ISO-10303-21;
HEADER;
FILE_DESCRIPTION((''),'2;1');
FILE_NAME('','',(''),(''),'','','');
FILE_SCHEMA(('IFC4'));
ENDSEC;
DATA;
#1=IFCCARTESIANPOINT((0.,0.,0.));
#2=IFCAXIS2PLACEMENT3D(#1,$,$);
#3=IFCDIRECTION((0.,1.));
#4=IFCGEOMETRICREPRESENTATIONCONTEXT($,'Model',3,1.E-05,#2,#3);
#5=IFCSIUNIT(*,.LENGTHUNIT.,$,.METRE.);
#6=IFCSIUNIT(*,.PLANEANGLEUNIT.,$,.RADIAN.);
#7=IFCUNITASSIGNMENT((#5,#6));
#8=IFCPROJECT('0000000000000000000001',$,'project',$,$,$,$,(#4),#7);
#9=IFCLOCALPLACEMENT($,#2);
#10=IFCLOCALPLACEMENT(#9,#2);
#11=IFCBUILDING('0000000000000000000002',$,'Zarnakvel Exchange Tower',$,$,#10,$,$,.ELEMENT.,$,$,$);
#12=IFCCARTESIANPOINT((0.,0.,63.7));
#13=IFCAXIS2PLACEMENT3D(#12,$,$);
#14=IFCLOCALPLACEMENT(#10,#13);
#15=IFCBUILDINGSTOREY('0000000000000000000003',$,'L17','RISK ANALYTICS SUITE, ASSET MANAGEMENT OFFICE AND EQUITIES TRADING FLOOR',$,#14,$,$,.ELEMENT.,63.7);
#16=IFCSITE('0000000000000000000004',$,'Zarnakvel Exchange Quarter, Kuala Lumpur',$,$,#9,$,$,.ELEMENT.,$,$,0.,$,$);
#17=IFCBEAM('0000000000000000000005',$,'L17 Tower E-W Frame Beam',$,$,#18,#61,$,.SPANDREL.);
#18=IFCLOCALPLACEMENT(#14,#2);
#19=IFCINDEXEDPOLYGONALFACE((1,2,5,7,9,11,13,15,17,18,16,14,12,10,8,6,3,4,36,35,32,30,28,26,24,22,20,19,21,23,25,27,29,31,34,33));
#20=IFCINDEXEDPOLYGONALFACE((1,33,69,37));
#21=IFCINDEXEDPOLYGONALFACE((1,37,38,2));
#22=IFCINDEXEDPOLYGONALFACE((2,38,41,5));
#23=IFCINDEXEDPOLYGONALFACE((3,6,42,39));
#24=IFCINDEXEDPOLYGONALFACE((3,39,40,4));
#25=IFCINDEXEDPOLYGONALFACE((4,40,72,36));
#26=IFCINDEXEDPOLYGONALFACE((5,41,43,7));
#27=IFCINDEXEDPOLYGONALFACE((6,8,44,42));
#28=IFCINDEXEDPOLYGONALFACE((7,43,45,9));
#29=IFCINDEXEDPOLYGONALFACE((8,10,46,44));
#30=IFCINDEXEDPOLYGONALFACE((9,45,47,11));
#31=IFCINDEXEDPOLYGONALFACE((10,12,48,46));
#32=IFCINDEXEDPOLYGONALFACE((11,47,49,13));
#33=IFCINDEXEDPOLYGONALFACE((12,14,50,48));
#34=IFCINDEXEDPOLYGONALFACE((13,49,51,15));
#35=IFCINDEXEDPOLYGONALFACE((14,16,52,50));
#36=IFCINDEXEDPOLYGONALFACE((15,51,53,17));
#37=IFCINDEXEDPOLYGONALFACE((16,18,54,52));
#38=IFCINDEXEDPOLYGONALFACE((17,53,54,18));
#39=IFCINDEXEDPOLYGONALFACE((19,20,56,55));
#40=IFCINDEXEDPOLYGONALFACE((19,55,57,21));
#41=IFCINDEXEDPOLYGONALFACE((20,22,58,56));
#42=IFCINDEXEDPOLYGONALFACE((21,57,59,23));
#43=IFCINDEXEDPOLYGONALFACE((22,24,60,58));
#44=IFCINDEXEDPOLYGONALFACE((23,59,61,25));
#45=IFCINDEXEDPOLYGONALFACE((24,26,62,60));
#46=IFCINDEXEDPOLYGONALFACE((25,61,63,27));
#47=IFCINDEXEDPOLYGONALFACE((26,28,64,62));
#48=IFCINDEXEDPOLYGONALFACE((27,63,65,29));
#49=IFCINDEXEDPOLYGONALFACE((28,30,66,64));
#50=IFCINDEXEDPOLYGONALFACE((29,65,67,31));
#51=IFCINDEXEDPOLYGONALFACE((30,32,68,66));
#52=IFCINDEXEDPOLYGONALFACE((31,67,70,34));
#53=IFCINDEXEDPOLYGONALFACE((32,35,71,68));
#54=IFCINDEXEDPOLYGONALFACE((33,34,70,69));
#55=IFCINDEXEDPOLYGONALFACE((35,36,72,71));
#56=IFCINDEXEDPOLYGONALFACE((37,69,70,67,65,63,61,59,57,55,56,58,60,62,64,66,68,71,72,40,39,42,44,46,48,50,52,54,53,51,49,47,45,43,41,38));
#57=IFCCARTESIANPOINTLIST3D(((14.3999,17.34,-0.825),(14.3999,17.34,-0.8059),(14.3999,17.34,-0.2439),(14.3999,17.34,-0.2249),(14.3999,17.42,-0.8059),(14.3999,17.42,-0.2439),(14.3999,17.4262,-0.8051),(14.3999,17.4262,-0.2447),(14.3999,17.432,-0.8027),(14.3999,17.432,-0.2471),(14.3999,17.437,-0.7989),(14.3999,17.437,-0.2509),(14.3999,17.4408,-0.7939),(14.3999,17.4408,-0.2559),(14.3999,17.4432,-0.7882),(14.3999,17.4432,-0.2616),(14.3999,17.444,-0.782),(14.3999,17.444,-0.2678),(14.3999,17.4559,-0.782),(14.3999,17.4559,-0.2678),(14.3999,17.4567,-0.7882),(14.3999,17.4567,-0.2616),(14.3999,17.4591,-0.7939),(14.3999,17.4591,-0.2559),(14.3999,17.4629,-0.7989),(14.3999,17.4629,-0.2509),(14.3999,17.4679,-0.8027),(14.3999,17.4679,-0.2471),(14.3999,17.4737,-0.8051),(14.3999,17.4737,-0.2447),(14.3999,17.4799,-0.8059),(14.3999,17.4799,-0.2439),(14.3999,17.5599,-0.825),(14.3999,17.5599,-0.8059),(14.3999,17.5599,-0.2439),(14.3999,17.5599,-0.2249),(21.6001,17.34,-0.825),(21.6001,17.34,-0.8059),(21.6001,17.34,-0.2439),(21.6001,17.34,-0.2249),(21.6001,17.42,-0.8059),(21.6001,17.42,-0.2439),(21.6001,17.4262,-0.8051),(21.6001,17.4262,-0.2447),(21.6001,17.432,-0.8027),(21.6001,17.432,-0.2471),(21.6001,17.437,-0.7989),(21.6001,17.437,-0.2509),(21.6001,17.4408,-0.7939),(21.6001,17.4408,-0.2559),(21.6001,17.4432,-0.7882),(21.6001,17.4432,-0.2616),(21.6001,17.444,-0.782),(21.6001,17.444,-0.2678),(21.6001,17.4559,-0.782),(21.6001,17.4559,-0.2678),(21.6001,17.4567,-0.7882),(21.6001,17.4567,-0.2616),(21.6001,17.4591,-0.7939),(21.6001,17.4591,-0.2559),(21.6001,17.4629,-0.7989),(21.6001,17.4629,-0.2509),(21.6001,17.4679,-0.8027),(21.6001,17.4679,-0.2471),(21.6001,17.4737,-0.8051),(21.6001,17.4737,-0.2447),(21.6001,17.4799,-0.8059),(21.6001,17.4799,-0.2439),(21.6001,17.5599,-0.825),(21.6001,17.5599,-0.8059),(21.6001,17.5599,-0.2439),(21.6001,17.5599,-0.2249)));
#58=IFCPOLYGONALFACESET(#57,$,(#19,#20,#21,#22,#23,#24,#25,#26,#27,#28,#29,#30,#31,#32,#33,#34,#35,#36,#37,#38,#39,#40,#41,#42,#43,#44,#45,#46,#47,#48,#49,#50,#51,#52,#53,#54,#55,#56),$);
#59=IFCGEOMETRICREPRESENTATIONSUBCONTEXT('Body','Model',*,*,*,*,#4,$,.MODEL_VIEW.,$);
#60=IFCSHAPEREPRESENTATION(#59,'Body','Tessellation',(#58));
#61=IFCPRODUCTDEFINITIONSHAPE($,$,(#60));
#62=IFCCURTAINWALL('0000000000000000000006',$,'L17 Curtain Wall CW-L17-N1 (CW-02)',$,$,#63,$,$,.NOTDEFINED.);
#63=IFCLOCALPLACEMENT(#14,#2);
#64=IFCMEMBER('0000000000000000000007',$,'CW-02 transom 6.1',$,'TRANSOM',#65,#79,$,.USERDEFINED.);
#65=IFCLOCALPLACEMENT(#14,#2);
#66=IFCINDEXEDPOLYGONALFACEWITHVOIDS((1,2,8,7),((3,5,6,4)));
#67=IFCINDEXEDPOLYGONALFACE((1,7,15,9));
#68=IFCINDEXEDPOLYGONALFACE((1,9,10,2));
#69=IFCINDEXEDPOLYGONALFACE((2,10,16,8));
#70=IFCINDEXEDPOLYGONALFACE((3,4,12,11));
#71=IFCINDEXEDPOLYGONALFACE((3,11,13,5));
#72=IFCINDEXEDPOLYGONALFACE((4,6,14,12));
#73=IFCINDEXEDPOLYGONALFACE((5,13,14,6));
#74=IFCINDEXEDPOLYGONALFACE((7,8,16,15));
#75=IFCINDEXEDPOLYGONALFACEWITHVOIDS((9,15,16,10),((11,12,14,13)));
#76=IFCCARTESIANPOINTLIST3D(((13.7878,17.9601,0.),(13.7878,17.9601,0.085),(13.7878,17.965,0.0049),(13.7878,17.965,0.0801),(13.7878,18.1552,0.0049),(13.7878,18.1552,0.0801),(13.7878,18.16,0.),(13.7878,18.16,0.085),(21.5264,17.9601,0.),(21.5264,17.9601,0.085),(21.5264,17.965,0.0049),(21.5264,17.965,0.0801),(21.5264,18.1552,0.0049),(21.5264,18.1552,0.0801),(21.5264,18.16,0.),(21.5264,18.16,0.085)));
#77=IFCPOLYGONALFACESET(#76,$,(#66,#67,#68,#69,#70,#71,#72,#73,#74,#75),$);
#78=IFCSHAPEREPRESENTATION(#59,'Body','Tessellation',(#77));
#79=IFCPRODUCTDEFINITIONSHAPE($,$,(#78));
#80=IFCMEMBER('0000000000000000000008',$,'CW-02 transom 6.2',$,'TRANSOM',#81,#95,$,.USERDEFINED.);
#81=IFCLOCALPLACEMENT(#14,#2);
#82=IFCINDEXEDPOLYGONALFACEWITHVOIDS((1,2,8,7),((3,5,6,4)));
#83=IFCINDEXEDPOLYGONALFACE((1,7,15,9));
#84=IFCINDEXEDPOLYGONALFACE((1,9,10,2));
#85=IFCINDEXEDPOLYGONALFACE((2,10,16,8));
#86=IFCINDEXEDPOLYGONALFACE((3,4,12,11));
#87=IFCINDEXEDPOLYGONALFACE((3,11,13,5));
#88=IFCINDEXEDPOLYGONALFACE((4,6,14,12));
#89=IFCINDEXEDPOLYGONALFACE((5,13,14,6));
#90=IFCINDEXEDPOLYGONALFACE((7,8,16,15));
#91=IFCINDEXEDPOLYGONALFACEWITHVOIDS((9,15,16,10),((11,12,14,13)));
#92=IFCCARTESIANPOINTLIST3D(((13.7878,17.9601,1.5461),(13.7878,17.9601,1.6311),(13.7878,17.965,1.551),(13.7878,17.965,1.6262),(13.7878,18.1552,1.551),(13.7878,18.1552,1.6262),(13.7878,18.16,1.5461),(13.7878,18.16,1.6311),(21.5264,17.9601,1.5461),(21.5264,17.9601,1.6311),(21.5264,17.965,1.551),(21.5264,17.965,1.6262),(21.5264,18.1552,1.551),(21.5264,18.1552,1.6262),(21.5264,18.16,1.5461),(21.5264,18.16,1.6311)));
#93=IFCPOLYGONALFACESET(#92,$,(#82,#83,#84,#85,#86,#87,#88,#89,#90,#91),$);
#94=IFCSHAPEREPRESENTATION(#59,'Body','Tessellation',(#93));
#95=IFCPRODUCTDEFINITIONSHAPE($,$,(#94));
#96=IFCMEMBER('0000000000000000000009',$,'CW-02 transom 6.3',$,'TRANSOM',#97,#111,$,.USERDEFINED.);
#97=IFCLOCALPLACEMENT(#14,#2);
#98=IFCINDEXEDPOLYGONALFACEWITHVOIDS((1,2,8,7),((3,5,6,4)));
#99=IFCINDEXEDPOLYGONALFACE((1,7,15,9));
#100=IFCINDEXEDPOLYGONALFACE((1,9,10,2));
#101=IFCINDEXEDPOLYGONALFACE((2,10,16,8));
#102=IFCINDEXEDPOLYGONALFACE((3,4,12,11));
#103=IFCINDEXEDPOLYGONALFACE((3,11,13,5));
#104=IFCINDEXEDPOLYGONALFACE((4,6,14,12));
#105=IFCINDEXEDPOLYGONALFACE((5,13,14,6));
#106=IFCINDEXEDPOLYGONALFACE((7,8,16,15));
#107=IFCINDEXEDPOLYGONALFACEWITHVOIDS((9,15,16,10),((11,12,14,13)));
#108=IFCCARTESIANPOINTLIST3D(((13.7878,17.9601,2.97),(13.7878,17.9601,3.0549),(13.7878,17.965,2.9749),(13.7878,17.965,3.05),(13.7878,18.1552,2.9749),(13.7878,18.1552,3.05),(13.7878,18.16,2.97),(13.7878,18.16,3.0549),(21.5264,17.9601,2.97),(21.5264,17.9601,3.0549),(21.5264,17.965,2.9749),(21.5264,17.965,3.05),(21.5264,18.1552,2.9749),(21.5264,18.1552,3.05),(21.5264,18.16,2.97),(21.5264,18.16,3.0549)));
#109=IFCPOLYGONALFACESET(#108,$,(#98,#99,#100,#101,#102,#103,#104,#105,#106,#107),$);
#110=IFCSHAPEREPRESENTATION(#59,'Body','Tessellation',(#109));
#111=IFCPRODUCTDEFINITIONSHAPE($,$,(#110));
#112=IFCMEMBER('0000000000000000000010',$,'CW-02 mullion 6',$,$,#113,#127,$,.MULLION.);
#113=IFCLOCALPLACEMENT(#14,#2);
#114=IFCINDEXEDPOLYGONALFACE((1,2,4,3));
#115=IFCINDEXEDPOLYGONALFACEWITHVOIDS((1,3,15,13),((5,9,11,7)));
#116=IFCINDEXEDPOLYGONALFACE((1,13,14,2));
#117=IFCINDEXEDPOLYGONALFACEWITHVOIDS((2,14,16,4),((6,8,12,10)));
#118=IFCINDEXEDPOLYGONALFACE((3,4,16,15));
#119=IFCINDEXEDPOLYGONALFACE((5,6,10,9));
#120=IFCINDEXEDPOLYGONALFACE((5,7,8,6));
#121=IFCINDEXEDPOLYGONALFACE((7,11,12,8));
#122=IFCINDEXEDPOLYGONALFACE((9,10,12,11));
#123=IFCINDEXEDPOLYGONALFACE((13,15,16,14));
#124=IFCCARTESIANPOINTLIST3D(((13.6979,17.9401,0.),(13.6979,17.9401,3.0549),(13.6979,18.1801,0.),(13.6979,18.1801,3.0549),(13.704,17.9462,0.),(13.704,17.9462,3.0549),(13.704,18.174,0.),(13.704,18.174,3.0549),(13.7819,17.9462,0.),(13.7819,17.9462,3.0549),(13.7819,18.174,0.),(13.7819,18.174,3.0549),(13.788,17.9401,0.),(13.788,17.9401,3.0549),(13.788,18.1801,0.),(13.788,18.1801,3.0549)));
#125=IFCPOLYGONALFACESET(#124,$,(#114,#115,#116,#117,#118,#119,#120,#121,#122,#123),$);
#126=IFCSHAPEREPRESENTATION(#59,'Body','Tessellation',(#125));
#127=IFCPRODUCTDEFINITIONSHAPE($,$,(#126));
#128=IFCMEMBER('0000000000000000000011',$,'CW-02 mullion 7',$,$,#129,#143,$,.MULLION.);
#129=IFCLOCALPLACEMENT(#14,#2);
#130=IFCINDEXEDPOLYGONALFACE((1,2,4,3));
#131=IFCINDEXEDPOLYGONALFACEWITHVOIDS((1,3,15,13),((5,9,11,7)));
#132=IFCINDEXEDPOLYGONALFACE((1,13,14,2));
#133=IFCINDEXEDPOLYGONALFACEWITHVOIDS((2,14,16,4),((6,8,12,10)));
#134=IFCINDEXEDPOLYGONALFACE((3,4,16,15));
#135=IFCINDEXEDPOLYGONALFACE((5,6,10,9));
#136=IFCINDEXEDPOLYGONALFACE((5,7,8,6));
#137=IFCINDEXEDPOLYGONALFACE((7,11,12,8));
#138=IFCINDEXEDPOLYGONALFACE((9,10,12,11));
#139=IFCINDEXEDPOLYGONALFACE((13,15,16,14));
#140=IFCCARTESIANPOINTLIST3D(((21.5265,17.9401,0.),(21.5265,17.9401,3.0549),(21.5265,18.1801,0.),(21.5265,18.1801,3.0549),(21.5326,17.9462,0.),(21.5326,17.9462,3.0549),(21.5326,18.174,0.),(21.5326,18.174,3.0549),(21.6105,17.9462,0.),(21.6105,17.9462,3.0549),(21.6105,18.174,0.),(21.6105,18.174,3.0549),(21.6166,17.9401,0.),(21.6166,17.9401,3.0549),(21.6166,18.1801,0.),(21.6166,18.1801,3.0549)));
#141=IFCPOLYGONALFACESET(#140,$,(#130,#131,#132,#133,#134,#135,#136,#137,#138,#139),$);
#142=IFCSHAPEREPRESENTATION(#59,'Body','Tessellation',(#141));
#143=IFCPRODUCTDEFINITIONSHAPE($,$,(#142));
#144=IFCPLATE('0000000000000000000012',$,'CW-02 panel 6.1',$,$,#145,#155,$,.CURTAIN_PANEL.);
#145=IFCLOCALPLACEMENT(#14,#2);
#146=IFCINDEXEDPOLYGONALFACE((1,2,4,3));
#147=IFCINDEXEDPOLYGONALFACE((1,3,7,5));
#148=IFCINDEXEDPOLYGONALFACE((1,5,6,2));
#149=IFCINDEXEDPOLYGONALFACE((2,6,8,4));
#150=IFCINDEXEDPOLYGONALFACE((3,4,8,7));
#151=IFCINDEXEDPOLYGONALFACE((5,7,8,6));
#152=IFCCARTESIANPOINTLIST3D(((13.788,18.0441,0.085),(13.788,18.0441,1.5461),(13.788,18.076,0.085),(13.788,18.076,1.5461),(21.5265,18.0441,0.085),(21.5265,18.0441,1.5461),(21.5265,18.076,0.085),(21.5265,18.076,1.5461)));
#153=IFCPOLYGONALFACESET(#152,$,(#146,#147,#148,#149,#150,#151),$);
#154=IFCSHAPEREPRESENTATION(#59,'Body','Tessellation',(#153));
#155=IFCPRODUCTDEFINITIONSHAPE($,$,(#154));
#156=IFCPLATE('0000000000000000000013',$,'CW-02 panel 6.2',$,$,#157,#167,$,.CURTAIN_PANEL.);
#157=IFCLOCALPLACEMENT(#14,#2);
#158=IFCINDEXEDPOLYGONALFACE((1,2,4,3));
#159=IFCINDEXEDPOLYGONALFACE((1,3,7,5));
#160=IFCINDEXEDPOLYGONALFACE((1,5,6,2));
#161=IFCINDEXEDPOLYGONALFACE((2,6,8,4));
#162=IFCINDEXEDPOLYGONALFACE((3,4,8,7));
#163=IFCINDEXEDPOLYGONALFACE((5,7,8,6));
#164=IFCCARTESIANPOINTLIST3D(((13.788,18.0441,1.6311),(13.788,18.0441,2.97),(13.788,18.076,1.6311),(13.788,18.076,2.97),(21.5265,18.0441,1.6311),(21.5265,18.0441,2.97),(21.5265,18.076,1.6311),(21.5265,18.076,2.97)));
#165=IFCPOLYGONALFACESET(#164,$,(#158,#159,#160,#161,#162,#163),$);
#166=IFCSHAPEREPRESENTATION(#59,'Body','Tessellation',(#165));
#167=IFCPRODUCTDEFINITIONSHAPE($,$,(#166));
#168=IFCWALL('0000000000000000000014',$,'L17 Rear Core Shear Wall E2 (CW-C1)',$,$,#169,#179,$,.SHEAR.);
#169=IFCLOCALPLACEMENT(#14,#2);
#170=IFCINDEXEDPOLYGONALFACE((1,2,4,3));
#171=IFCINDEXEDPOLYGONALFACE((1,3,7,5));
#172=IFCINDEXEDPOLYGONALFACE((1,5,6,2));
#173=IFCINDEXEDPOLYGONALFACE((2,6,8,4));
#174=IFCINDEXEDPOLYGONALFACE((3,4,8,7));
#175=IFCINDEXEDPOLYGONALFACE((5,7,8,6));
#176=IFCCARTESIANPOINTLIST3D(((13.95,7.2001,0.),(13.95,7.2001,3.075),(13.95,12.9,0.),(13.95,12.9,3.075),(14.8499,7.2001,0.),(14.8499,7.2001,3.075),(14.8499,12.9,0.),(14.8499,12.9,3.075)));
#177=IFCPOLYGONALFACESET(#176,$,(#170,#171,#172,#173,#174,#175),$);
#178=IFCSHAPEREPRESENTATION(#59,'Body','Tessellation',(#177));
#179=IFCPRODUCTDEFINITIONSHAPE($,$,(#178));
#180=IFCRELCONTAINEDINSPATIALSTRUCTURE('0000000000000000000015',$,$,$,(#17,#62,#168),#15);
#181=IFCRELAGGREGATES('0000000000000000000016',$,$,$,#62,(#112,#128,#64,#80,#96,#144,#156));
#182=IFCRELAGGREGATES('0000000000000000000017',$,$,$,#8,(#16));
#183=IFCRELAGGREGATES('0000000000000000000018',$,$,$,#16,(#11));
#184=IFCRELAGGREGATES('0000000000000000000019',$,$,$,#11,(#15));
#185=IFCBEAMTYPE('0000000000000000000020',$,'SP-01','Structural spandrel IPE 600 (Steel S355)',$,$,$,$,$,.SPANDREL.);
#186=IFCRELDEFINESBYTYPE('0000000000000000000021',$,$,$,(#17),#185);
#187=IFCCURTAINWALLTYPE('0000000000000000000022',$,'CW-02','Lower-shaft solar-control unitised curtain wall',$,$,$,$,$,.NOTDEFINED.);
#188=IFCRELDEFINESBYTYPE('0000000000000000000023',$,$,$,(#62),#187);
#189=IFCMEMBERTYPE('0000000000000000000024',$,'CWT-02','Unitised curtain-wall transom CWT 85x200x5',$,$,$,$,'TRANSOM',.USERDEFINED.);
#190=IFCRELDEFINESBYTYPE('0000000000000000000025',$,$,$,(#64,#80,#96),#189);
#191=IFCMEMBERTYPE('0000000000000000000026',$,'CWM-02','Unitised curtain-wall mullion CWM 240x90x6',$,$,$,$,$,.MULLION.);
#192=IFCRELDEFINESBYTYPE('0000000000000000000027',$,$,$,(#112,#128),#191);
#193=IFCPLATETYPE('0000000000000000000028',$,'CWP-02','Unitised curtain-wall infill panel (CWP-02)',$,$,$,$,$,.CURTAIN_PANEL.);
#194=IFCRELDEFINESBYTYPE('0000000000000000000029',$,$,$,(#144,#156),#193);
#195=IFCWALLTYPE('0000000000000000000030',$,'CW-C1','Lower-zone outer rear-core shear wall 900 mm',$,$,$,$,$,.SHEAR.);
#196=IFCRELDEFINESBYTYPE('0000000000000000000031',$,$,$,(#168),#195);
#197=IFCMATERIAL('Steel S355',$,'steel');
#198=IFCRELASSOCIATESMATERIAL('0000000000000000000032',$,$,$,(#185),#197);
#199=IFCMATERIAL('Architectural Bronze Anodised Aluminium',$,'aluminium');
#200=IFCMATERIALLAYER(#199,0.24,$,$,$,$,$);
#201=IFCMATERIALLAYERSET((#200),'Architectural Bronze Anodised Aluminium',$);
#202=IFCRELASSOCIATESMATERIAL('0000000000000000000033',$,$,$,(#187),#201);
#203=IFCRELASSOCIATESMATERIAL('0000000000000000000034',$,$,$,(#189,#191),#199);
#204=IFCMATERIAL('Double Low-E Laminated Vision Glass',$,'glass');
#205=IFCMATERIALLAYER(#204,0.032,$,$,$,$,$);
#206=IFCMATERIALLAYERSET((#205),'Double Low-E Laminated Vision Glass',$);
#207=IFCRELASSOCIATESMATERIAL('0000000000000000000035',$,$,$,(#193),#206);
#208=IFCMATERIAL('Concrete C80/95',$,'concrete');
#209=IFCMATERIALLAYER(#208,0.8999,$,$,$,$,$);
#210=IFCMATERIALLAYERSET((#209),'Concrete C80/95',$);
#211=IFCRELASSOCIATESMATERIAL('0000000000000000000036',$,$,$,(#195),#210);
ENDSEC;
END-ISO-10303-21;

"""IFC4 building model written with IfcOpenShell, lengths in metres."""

from ifc_helpers import new_model, si_unit, direction, frame, frame_2d, origin, origin_2d, place, context, subcontext, project, spatial, rectangle, hollow_rectangle, i_section, extrude, source, transform, mapped, material, layer, layer_set, material_profile, profile_set, type_object, element, aggregate, save


model = new_model("IFC4")

# Units and contexts
model_context = context("Model", 3, precision=1e-05, world=origin(), true_north=direction((0.0, 1.0)))
body_context = subcontext(model_context, "Body", "Model", "MODEL_VIEW")
ifc_project = project(units=[si_unit("LENGTHUNIT", "METRE"), si_unit("PLANEANGLEUNIT", "RADIAN")], contexts=[model_context])

# Site, building, storey
site_placement = place(None, origin())
site = spatial("IfcSite", under=ifc_project, at=site_placement, Name="Zarnakvel Exchange Quarter, Kuala Lumpur", CompositionType="ELEMENT", RefElevation=0.0)
building_placement = place(site_placement, origin())
building = spatial("IfcBuilding", under=site, at=building_placement, Name="Zarnakvel Exchange Tower", CompositionType="ELEMENT")
storey_placement = place(building_placement, frame((0.0, 0.0, 63.7)))
storey = spatial("IfcBuildingStorey", under=building, at=storey_placement, Name="L17", Description="RISK ANALYTICS SUITE, ASSET MANAGEMENT OFFICE AND EQUITIES TRADING FLOOR", CompositionType="ELEMENT", Elevation=63.7)

# Shared definitions
ifc_material_1 = material(Name="Concrete C80/95", Category="concrete")

# Beam
ifc_material_2 = material(Name="Steel S355", Category="steel")
ifc_material_profile_1 = material_profile(ifc_material_2, i_section(OverallWidth=0.22, OverallDepth=0.6001, WebThickness=0.012, FlangeThickness=0.019, FilletRadius=0.0239, at=origin_2d()))
ifc_profile_set_1 = profile_set([ifc_material_profile_1], Name="Steel S355")
beam_type_1 = type_object("IfcBeamType", Name="SP-01", Description="Structural spandrel IPE 600 (Steel S355)", PredefinedType="SPANDREL", material=ifc_profile_set_1)
beam_1_placement = place(storey_placement, frame((14.3999, 17.45, -0.5249), z_axis=(1.0, 0.0, 0.0), x_axis=(0.0, 1.0, 0.0)))
element("IfcBeam", 1, at=beam_1_placement, inside=storey, type_object=beam_type_1, Name="L17 Tower E-W Frame Beam", PredefinedType="SPANDREL", context=body_context, shape_type="SweptSolid", body=[
    extrude(i_section(OverallWidth=0.22, OverallDepth=0.6001, WebThickness=0.012, FlangeThickness=0.019, FilletRadius=0.0239, at=origin_2d()), origin(), (0.0, 0.0, 1.0), 7.2002),
])

# Curtain wall, members, plates
ifc_material_3 = material(Name="Architectural Bronze Anodised Aluminium", Category="aluminium")
ifc_layer_1 = layer(ifc_material_3, 0.24)
ifc_layer_set_1 = layer_set([ifc_layer_1], Name="Architectural Bronze Anodised Aluminium")
curtain_wall_type = type_object("IfcCurtainWallType", Name="CW-02", Description="Lower-shaft solar-control unitised curtain wall", PredefinedType="NOTDEFINED", material=ifc_layer_set_1)
curtain_wall_placement = place(storey_placement, origin())
curtain_wall = element("IfcCurtainWall", 2, at=curtain_wall_placement, inside=storey, type_object=curtain_wall_type, Name="L17 Curtain Wall CW-L17-N1 (CW-02)", PredefinedType="NOTDEFINED")
ifc_material_profile_2 = material_profile(ifc_material_3, hollow_rectangle(XDim=0.2, YDim=0.085, WallThickness=0.0049, at=origin_2d()))
ifc_profile_set_2 = profile_set([ifc_material_profile_2], Name="Architectural Bronze Anodised Aluminium")
member_type_1 = type_object("IfcMemberType", Name="CWT-02", Description="Unitised curtain-wall transom CWT 85x200x5", ElementType="TRANSOM", PredefinedType="USERDEFINED", material=ifc_profile_set_2)
shared_shape_1 = source(origin(), body_context, "Body", "SweptSolid", [
    extrude(hollow_rectangle(XDim=0.2, YDim=0.085, WallThickness=0.0049, at=origin_2d()), origin(), (0.0, 0.0, 1.0), 7.7385),
])
member_1_placement = place(storey_placement, frame((13.7878, 18.0601, 0.0425), z_axis=(1.0, 0.0, 0.0), x_axis=(0.0, 1.0, 0.0)))
member_1 = element("IfcMember", 3, at=member_1_placement, type_object=member_type_1, Name="CW-02 transom 6.1", ObjectType="TRANSOM", PredefinedType="USERDEFINED", context=body_context, shape_type="MappedRepresentation", body=[
    mapped(shared_shape_1, transform((0.0, 0.0, 0.0), x_axis=(1.0, 0.0, 0.0), y_axis=(0.0, 1.0, 0.0), z_axis=(0.0, 0.0, 1.0), scale=1.0)),
])
member_2_placement = place(storey_placement, frame((13.7878, 18.0601, 1.5886), z_axis=(1.0, 0.0, 0.0), x_axis=(0.0, 1.0, 0.0)))
member_2 = element("IfcMember", 4, at=member_2_placement, type_object=member_type_1, Name="CW-02 transom 6.2", ObjectType="TRANSOM", PredefinedType="USERDEFINED", context=body_context, shape_type="MappedRepresentation", body=[
    mapped(shared_shape_1, transform((0.0, 0.0, 0.0), x_axis=(1.0, 0.0, 0.0), y_axis=(0.0, 1.0, 0.0), z_axis=(0.0, 0.0, 1.0), scale=1.0)),
])
member_3_placement = place(storey_placement, frame((13.7878, 18.0601, 3.0125), z_axis=(1.0, 0.0, 0.0), x_axis=(0.0, 1.0, 0.0)))
member_3 = element("IfcMember", 5, at=member_3_placement, type_object=member_type_1, Name="CW-02 transom 6.3", ObjectType="TRANSOM", PredefinedType="USERDEFINED", context=body_context, shape_type="MappedRepresentation", body=[
    mapped(shared_shape_1, transform((0.0, 0.0, 0.0), x_axis=(1.0, 0.0, 0.0), y_axis=(0.0, 1.0, 0.0), z_axis=(0.0, 0.0, 1.0), scale=1.0)),
])
ifc_material_profile_3 = material_profile(ifc_material_3, hollow_rectangle(XDim=0.24, YDim=0.0901, WallThickness=0.0061, at=origin_2d()))
ifc_profile_set_3 = profile_set([ifc_material_profile_3], Name="Architectural Bronze Anodised Aluminium")
member_type_2 = type_object("IfcMemberType", Name="CWM-02", Description="Unitised curtain-wall mullion CWM 240x90x6", PredefinedType="MULLION", material=ifc_profile_set_3)
shared_shape_2 = source(origin(), body_context, "Body", "SweptSolid", [
    extrude(hollow_rectangle(XDim=0.24, YDim=0.0901, WallThickness=0.0061, at=origin_2d()), origin(), (0.0, 0.0, 1.0), 3.0549),
])
member_4_placement = place(storey_placement, frame((13.7429, 18.0601, 0.0), z_axis=(0.0, 0.0, 1.0), x_axis=(0.0, 1.0, 0.0)))
member_4 = element("IfcMember", 6, at=member_4_placement, type_object=member_type_2, Name="CW-02 mullion 6", PredefinedType="MULLION", context=body_context, shape_type="MappedRepresentation", body=[
    mapped(shared_shape_2, transform((0.0, 0.0, 0.0), x_axis=(1.0, 0.0, 0.0), y_axis=(0.0, 1.0, 0.0), z_axis=(0.0, 0.0, 1.0), scale=1.0)),
])
member_5_placement = place(storey_placement, frame((21.5715, 18.0601, 0.0), z_axis=(0.0, 0.0, 1.0), x_axis=(0.0, 1.0, 0.0)))
member_5 = element("IfcMember", 7, at=member_5_placement, type_object=member_type_2, Name="CW-02 mullion 7", PredefinedType="MULLION", context=body_context, shape_type="MappedRepresentation", body=[
    mapped(shared_shape_2, transform((0.0, 0.0, 0.0), x_axis=(1.0, 0.0, 0.0), y_axis=(0.0, 1.0, 0.0), z_axis=(0.0, 0.0, 1.0), scale=1.0)),
])
ifc_material_4 = material(Name="Double Low-E Laminated Vision Glass", Category="glass")
ifc_layer_2 = layer(ifc_material_4, 0.032)
ifc_layer_set_2 = layer_set([ifc_layer_2], Name="Double Low-E Laminated Vision Glass")
plate_type = type_object("IfcPlateType", Name="CWP-02", Description="Unitised curtain-wall infill panel (CWP-02)", PredefinedType="CURTAIN_PANEL", material=ifc_layer_set_2)
shared_shape_3 = source(origin(), body_context, "Body", "SweptSolid", [
    extrude(rectangle(XDim=7.7385, YDim=0.032, at=origin_2d()), origin(), (0.0, 0.0, 1.0), 1.4612),
])
plate_1_placement = place(storey_placement, frame((17.6572, 18.0601, 0.085), z_axis=(0.0, 0.0, 1.0), x_axis=(1.0, 0.0, 0.0)))
plate_1 = element("IfcPlate", 8, at=plate_1_placement, type_object=plate_type, Name="CW-02 panel 6.1", PredefinedType="CURTAIN_PANEL", context=body_context, shape_type="MappedRepresentation", body=[
    mapped(shared_shape_3, transform((0.0, 0.0, 0.0), x_axis=(1.0, 0.0, 0.0), y_axis=(0.0, 1.0, 0.0), z_axis=(0.0, 0.0, 1.0), scale=1.0)),
])
shared_shape_4 = source(origin(), body_context, "Body", "SweptSolid", [
    extrude(rectangle(XDim=7.7385, YDim=0.032, at=origin_2d()), origin(), (0.0, 0.0, 1.0), 1.3389),
])
plate_2_placement = place(storey_placement, frame((17.6572, 18.0601, 1.6311), z_axis=(0.0, 0.0, 1.0), x_axis=(1.0, 0.0, 0.0)))
plate_2 = element("IfcPlate", 9, at=plate_2_placement, type_object=plate_type, Name="CW-02 panel 6.2", PredefinedType="CURTAIN_PANEL", context=body_context, shape_type="MappedRepresentation", body=[
    mapped(shared_shape_4, transform((0.0, 0.0, 0.0), x_axis=(1.0, 0.0, 0.0), y_axis=(0.0, 1.0, 0.0), z_axis=(0.0, 0.0, 1.0), scale=1.0)),
])
aggregate(curtain_wall, [member_4, member_5, member_1, member_2, member_3, plate_1, plate_2])

# Wall
ifc_layer_3 = layer(ifc_material_1, 0.8999)
ifc_layer_set_3 = layer_set([ifc_layer_3], Name="Concrete C80/95")
wall_type_1 = type_object("IfcWallType", Name="CW-C1", Description="Lower-zone outer rear-core shear wall 900 mm", PredefinedType="SHEAR", material=ifc_layer_set_3)
wall_1_placement = place(storey_placement, frame((14.3999, 7.2, 0.0), z_axis=(0.0, 0.0, 1.0), x_axis=(0.0, 1.0, 0.0)))
element("IfcWall", 10, at=wall_1_placement, inside=storey, type_object=wall_type_1, Name="L17 Rear Core Shear Wall E2 (CW-C1)", PredefinedType="SHEAR", context=body_context, shape_type="SweptSolid", body=[
    extrude(rectangle(XDim=5.7, YDim=0.8999, at=frame_2d((2.8501, 0.0))), origin(), (0.0, 0.0, 1.0), 3.075),
])

save(model, "model.ifc")
